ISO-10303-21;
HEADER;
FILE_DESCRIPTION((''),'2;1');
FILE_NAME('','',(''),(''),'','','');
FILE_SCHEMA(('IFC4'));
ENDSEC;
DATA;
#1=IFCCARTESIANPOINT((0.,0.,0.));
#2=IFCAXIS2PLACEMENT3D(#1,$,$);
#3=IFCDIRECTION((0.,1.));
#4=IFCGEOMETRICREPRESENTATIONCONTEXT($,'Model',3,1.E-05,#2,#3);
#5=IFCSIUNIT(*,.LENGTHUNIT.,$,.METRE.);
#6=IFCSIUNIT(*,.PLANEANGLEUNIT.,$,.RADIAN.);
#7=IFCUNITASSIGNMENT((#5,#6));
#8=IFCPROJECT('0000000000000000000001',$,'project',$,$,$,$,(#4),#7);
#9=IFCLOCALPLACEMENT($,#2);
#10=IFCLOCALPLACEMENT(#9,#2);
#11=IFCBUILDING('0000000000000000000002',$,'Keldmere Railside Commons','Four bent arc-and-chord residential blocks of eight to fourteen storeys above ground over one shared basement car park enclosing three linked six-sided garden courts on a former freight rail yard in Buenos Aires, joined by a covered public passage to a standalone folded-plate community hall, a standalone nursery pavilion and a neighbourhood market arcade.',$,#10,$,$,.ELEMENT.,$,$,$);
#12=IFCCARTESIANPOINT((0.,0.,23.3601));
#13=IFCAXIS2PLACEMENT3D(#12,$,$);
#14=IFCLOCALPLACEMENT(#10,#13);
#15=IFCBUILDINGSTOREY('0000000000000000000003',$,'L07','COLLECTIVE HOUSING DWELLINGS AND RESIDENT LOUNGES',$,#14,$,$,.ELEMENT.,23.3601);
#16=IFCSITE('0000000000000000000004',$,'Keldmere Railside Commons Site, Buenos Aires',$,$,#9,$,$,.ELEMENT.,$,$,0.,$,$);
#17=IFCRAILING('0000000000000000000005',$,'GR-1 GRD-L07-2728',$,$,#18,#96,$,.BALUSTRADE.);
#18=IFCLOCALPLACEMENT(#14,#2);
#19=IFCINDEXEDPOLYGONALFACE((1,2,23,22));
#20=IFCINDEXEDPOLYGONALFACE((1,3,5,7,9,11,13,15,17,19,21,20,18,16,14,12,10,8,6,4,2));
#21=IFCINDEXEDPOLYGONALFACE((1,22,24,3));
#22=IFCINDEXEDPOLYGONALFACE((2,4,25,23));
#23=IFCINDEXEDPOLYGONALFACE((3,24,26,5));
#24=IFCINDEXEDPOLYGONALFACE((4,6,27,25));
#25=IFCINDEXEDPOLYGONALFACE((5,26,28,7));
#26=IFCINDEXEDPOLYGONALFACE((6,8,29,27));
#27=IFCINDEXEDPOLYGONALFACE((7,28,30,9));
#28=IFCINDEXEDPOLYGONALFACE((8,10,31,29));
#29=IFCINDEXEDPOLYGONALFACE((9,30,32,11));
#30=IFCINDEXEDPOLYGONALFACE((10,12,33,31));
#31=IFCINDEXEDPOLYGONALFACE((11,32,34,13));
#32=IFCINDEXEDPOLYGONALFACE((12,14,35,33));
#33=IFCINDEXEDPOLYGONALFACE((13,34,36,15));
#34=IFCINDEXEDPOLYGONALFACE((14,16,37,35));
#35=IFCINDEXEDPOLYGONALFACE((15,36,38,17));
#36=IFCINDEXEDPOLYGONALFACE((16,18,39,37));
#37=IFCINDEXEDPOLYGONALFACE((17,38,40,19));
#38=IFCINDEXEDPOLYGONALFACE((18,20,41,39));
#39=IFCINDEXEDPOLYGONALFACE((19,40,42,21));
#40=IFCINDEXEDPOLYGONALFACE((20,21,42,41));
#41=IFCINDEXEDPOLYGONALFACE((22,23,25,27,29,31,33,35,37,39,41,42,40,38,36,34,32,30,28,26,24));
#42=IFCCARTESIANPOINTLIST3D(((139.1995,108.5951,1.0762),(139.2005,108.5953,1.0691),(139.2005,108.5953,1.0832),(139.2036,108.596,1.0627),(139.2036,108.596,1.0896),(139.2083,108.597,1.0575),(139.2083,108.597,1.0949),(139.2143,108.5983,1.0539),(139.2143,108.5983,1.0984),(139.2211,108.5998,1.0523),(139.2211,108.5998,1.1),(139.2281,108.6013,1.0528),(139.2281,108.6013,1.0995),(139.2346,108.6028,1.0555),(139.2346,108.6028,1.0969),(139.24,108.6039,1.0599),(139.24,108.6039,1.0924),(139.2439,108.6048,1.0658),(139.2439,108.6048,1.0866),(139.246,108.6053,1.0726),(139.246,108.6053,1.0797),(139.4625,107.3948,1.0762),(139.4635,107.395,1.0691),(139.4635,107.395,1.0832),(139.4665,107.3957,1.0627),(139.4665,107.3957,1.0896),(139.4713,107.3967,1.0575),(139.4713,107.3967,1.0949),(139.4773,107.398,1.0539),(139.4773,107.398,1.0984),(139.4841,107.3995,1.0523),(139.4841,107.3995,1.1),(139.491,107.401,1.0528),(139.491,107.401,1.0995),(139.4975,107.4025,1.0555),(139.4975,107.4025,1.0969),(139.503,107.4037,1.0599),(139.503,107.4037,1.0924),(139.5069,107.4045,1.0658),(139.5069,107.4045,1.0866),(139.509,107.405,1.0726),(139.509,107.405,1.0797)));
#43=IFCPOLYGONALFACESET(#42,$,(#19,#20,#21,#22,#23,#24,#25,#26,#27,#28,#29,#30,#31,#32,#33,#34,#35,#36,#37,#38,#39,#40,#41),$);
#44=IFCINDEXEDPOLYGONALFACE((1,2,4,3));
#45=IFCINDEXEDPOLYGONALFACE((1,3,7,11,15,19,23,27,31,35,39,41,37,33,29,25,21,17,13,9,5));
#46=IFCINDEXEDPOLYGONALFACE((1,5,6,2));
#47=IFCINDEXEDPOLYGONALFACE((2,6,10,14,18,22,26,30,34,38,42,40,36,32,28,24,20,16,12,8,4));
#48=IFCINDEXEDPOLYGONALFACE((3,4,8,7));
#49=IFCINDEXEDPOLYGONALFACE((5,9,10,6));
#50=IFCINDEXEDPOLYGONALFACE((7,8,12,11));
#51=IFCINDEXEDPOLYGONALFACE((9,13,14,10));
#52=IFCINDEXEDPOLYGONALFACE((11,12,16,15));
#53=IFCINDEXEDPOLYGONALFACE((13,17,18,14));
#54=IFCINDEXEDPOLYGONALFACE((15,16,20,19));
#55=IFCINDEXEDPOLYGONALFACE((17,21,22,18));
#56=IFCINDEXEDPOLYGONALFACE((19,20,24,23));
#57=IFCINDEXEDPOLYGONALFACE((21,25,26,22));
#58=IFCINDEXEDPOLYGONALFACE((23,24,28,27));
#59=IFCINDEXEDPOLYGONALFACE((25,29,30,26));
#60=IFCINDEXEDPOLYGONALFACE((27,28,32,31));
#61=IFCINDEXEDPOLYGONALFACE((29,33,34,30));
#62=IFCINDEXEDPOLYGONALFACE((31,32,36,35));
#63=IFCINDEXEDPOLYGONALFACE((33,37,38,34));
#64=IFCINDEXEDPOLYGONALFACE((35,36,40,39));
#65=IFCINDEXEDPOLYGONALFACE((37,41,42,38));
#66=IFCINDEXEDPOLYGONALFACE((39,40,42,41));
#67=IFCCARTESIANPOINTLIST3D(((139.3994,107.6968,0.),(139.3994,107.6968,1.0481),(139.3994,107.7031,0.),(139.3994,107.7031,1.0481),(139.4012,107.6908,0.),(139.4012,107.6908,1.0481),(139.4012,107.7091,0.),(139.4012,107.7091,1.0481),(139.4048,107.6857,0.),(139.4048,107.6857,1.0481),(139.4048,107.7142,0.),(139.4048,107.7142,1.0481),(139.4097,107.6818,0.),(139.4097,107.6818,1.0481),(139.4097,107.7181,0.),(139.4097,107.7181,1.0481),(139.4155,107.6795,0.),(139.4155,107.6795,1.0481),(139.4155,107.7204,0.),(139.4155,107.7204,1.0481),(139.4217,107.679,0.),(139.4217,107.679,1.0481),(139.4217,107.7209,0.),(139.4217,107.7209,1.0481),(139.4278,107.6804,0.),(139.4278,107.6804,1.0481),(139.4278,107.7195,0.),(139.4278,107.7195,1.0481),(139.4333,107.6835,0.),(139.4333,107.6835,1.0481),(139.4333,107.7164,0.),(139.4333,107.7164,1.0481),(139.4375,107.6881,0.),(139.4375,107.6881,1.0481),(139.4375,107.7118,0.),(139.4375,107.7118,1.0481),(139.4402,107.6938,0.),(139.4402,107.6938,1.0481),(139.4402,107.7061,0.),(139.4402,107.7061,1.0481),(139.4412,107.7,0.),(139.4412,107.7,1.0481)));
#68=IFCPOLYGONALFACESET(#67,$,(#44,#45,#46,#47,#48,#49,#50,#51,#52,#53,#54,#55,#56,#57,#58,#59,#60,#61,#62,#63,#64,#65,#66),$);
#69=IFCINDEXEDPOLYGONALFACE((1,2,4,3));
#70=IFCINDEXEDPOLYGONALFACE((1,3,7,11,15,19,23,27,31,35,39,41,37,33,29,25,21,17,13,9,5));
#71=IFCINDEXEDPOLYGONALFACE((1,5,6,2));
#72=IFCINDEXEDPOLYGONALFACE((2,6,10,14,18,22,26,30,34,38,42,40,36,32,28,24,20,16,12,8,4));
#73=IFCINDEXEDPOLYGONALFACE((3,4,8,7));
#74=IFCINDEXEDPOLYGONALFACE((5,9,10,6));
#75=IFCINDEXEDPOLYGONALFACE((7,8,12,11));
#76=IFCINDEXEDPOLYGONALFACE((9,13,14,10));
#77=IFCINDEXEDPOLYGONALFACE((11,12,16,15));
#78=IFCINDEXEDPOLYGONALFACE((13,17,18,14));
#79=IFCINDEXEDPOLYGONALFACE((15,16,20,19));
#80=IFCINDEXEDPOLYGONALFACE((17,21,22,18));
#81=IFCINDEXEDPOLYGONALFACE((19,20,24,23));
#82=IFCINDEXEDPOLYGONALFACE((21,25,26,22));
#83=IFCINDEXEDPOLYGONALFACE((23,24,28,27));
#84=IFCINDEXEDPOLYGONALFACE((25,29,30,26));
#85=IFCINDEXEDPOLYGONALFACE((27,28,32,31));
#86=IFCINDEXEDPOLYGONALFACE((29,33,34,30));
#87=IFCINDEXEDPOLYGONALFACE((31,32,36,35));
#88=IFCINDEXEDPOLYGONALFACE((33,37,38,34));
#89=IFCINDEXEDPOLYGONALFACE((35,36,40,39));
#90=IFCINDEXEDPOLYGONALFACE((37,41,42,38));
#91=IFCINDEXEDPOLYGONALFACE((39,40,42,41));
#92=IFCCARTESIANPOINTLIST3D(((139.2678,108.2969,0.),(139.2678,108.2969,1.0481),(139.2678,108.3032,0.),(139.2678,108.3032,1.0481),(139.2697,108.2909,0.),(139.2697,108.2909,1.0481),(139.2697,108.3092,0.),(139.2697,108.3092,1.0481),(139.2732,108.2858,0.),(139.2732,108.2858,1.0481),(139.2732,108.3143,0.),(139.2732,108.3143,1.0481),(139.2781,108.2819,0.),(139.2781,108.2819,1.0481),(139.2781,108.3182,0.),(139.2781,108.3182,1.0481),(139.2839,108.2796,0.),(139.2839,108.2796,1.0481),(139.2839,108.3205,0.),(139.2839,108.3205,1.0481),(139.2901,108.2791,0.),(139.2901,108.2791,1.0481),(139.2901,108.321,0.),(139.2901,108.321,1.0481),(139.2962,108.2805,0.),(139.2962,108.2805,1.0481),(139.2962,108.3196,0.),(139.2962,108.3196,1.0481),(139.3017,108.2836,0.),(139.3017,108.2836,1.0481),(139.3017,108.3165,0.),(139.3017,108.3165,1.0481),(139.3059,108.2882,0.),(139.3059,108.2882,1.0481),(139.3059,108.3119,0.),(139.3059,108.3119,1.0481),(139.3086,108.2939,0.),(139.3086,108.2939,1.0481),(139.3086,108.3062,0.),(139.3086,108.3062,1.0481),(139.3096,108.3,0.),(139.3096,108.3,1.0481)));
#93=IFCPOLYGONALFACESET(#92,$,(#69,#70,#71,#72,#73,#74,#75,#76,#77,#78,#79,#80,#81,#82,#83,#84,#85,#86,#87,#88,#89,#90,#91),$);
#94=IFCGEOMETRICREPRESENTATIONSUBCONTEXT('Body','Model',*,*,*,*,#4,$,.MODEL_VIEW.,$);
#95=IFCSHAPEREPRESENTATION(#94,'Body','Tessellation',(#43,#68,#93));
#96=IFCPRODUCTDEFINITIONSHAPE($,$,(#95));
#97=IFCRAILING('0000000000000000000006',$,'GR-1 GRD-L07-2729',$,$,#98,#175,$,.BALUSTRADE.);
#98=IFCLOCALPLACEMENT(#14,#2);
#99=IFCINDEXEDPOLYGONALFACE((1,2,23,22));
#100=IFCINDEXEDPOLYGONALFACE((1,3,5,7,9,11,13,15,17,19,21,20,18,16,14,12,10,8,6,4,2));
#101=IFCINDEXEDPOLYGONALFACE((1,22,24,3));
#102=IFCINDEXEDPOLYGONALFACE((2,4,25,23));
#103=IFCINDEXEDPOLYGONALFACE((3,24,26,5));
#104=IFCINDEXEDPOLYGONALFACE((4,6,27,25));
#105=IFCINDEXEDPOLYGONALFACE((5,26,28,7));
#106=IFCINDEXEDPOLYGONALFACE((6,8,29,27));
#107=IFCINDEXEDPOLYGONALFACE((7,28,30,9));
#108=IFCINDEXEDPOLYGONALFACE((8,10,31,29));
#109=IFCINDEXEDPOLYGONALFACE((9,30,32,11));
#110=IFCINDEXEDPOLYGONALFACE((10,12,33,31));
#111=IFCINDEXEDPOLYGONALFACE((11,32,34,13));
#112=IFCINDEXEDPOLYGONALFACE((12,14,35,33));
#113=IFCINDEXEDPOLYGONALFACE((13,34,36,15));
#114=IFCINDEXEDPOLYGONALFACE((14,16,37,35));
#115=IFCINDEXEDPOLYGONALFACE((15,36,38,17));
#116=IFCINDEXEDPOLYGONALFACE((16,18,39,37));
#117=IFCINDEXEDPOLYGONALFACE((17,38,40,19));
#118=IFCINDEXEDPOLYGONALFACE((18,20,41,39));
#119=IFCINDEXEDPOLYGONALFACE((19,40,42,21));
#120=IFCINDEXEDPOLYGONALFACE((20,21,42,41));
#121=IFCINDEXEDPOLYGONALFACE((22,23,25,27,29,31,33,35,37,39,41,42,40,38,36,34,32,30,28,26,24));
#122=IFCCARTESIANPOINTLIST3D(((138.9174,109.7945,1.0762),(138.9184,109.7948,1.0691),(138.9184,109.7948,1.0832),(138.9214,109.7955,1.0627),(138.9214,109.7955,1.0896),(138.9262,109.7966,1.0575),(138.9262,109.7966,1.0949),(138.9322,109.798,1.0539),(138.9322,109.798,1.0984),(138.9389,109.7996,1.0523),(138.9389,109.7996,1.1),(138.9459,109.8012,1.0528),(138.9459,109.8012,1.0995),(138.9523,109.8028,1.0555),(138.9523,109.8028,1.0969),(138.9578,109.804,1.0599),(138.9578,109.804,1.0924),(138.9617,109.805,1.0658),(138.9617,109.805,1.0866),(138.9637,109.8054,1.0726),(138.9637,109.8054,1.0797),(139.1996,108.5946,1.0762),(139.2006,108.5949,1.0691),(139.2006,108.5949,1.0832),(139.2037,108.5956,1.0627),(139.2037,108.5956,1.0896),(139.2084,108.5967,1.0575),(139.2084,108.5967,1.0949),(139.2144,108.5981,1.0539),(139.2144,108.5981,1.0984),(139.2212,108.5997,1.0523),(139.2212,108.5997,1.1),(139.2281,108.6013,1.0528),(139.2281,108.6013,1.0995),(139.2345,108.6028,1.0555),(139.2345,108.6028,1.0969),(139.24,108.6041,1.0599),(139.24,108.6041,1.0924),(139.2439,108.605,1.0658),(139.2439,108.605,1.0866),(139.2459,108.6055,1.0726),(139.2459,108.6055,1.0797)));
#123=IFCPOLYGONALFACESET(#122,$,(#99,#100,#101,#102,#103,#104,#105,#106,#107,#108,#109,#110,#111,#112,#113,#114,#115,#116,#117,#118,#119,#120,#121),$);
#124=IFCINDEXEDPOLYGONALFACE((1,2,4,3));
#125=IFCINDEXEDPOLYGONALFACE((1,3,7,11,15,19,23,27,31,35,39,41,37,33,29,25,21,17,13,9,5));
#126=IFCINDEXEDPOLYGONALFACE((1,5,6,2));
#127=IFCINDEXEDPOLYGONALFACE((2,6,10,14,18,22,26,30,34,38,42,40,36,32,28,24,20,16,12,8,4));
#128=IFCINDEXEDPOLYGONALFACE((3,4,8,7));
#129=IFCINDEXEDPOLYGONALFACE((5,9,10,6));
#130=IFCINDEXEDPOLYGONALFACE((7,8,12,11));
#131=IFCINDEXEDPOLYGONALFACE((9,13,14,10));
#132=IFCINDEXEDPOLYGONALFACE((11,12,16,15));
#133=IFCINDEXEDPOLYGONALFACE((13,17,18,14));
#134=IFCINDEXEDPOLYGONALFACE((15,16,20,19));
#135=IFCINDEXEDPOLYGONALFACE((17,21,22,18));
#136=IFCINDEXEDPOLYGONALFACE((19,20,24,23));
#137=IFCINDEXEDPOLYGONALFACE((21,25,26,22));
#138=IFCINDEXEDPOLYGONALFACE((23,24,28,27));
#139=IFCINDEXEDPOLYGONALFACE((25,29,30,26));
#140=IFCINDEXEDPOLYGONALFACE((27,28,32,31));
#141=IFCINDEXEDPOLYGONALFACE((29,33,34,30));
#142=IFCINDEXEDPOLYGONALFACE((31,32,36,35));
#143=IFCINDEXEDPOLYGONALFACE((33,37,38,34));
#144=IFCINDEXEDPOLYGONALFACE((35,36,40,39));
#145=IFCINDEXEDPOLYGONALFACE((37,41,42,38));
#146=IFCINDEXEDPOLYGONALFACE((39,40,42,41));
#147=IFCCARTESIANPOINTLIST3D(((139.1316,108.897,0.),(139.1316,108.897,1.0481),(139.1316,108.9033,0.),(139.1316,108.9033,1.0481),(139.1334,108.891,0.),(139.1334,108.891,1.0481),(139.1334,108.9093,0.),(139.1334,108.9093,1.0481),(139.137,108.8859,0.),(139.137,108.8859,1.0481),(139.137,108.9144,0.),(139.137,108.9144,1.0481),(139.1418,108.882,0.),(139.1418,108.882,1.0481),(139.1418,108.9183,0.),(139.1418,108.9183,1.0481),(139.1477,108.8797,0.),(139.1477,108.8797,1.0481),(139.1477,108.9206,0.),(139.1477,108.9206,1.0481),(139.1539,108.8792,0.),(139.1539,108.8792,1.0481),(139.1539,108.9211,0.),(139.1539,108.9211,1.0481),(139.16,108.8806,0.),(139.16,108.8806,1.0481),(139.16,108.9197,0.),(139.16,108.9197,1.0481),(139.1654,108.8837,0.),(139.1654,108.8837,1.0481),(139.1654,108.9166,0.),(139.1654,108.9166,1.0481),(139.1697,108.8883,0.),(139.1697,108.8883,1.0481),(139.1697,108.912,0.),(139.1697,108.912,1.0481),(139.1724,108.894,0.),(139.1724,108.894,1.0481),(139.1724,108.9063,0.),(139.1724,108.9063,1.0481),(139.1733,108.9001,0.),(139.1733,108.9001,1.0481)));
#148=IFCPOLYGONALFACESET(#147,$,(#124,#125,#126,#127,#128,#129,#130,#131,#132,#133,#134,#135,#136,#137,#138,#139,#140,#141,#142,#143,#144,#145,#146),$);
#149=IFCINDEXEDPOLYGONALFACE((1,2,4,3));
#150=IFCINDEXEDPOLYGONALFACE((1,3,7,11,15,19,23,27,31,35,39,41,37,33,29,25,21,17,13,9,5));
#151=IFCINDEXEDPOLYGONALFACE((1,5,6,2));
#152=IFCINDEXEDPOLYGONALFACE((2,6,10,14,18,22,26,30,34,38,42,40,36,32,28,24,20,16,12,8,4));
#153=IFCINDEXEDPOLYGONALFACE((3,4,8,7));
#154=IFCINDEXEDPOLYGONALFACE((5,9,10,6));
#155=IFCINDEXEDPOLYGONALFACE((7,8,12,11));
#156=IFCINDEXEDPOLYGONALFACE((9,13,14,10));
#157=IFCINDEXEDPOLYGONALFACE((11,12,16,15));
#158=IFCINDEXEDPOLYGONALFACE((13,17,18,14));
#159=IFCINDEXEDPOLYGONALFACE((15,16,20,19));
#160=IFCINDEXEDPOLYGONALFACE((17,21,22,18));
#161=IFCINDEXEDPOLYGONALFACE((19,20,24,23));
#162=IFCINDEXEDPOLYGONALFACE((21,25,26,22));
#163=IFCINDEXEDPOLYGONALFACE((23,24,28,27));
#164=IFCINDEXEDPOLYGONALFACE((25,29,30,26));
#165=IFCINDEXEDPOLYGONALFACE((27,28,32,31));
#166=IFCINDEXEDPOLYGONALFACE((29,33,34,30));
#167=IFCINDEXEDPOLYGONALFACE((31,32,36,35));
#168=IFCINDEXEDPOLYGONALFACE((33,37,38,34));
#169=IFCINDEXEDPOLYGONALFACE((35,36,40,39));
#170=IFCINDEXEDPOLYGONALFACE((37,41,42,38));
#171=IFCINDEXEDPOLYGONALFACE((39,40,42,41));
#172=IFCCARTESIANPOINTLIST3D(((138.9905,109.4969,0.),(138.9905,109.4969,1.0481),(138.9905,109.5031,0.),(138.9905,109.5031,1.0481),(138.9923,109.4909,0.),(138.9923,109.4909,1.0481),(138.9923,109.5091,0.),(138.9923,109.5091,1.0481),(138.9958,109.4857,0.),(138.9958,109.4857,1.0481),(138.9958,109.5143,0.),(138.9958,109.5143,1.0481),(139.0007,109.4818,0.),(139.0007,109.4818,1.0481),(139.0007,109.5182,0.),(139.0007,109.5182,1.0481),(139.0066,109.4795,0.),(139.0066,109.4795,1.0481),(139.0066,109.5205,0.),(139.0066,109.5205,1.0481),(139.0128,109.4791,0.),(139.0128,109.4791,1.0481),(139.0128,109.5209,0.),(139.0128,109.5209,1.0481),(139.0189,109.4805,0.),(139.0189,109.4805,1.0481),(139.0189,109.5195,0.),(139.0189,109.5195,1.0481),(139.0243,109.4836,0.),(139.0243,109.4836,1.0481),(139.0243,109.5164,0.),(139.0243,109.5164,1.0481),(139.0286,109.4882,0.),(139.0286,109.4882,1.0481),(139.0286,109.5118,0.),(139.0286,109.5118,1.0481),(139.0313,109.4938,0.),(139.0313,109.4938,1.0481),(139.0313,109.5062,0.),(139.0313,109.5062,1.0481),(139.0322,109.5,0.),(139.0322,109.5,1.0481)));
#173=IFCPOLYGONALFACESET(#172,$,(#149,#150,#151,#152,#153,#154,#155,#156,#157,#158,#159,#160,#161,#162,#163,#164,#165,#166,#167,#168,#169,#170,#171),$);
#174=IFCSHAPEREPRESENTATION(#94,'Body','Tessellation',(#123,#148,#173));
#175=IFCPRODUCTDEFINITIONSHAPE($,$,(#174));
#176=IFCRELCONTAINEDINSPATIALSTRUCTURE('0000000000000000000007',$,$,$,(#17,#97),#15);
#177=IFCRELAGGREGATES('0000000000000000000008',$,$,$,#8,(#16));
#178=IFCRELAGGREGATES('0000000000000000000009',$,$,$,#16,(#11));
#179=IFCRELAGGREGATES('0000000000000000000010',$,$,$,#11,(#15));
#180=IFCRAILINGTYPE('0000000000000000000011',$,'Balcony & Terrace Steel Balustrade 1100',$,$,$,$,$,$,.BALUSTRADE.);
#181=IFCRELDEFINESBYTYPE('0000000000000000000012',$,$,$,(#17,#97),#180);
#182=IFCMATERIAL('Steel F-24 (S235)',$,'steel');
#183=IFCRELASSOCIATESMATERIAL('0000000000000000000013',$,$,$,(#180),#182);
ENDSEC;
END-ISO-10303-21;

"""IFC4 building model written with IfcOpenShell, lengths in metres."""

from ifc_helpers import new_model, si_unit, direction, frame, origin, origin_2d, place, context, subcontext, project, spatial, circle, extrude, material, type_object, element, save


model = new_model("IFC4")

# Units and contexts
model_context = context("Model", 3, precision=1e-05, world=origin(), true_north=direction((0.0, 1.0)))
body_context = subcontext(model_context, "Body", "Model", "MODEL_VIEW")
ifc_project = project(units=[si_unit("LENGTHUNIT", "METRE"), si_unit("PLANEANGLEUNIT", "RADIAN")], contexts=[model_context])

# Site, building, storey
site_placement = place(None, origin())
site = spatial("IfcSite", under=ifc_project, at=site_placement, Name="Keldmere Railside Commons Site, Buenos Aires", CompositionType="ELEMENT", RefElevation=0.0)
building_placement = place(site_placement, origin())
building = spatial("IfcBuilding", under=site, at=building_placement, Name="Keldmere Railside Commons", Description="Four bent arc-and-chord residential blocks of eight to fourteen storeys above ground over one shared basement car park enclosing three linked six-sided garden courts on a former freight rail yard in Buenos Aires, joined by a covered public passage to a standalone folded-plate community hall, a standalone nursery pavilion and a neighbourhood market arcade.", CompositionType="ELEMENT")
storey_placement = place(building_placement, frame((0.0, 0.0, 23.3601)))
storey = spatial("IfcBuildingStorey", under=building, at=storey_placement, Name="L07", Description="COLLECTIVE HOUSING DWELLINGS AND RESIDENT LOUNGES", CompositionType="ELEMENT", Elevation=23.3601)

# Shared definitions
ifc_material_1 = material(Name="Steel F-24 (S235)", Category="steel")

# Railings
railing_type = type_object("IfcRailingType", Name="Balcony & Terrace Steel Balustrade 1100", PredefinedType="BALUSTRADE", material=ifc_material_1)
railing_1_placement = place(storey_placement, frame((139.4858, 107.3999, 0.0)))
element("IfcRailing", 1, at=railing_1_placement, inside=storey, type_object=railing_type, Name="GR-1 GRD-L07-2728", PredefinedType="BALUSTRADE", context=body_context, shape_type="SweptSolid", body=[
    extrude(circle(Radius=0.0239, at=origin_2d()), frame((0.0, 0.0, 1.0762), z_axis=(-0.214005, 0.976833, 0.0), x_axis=(-0.976833, -0.214005, 0.0)), (0.0, 0.0, 1.0), 1.2288),
    extrude(circle(Radius=0.021, at=origin_2d()), frame((-0.0657, 0.3, 0.0)), (0.0, 0.0, 1.0), 1.0481),
    extrude(circle(Radius=0.021, at=origin_2d()), frame((-0.1973, 0.9001, 0.0)), (0.0, 0.0, 1.0), 1.0481),
])
railing_2_placement = place(storey_placement, frame((139.2229, 108.6001, 0.0)))
element("IfcRailing", 2, at=railing_2_placement, inside=storey, type_object=railing_type, Name="GR-1 GRD-L07-2729", PredefinedType="BALUSTRADE", context=body_context, shape_type="SweptSolid", body=[
    extrude(circle(Radius=0.0239, at=origin_2d()), frame((0.0, 0.0, 1.0762), z_axis=(-0.228951, 0.973438, 0.0), x_axis=(-0.973438, -0.228951, 0.0)), (0.0, 0.0, 1.0), 1.2327),
    extrude(circle(Radius=0.021, at=origin_2d()), frame((-0.0706, 0.3, 0.0)), (0.0, 0.0, 1.0), 1.0481),
    extrude(circle(Radius=0.021, at=origin_2d()), frame((-0.2117, 0.8999, 0.0)), (0.0, 0.0, 1.0), 1.0481),
])

save(model, "model.ifc")
